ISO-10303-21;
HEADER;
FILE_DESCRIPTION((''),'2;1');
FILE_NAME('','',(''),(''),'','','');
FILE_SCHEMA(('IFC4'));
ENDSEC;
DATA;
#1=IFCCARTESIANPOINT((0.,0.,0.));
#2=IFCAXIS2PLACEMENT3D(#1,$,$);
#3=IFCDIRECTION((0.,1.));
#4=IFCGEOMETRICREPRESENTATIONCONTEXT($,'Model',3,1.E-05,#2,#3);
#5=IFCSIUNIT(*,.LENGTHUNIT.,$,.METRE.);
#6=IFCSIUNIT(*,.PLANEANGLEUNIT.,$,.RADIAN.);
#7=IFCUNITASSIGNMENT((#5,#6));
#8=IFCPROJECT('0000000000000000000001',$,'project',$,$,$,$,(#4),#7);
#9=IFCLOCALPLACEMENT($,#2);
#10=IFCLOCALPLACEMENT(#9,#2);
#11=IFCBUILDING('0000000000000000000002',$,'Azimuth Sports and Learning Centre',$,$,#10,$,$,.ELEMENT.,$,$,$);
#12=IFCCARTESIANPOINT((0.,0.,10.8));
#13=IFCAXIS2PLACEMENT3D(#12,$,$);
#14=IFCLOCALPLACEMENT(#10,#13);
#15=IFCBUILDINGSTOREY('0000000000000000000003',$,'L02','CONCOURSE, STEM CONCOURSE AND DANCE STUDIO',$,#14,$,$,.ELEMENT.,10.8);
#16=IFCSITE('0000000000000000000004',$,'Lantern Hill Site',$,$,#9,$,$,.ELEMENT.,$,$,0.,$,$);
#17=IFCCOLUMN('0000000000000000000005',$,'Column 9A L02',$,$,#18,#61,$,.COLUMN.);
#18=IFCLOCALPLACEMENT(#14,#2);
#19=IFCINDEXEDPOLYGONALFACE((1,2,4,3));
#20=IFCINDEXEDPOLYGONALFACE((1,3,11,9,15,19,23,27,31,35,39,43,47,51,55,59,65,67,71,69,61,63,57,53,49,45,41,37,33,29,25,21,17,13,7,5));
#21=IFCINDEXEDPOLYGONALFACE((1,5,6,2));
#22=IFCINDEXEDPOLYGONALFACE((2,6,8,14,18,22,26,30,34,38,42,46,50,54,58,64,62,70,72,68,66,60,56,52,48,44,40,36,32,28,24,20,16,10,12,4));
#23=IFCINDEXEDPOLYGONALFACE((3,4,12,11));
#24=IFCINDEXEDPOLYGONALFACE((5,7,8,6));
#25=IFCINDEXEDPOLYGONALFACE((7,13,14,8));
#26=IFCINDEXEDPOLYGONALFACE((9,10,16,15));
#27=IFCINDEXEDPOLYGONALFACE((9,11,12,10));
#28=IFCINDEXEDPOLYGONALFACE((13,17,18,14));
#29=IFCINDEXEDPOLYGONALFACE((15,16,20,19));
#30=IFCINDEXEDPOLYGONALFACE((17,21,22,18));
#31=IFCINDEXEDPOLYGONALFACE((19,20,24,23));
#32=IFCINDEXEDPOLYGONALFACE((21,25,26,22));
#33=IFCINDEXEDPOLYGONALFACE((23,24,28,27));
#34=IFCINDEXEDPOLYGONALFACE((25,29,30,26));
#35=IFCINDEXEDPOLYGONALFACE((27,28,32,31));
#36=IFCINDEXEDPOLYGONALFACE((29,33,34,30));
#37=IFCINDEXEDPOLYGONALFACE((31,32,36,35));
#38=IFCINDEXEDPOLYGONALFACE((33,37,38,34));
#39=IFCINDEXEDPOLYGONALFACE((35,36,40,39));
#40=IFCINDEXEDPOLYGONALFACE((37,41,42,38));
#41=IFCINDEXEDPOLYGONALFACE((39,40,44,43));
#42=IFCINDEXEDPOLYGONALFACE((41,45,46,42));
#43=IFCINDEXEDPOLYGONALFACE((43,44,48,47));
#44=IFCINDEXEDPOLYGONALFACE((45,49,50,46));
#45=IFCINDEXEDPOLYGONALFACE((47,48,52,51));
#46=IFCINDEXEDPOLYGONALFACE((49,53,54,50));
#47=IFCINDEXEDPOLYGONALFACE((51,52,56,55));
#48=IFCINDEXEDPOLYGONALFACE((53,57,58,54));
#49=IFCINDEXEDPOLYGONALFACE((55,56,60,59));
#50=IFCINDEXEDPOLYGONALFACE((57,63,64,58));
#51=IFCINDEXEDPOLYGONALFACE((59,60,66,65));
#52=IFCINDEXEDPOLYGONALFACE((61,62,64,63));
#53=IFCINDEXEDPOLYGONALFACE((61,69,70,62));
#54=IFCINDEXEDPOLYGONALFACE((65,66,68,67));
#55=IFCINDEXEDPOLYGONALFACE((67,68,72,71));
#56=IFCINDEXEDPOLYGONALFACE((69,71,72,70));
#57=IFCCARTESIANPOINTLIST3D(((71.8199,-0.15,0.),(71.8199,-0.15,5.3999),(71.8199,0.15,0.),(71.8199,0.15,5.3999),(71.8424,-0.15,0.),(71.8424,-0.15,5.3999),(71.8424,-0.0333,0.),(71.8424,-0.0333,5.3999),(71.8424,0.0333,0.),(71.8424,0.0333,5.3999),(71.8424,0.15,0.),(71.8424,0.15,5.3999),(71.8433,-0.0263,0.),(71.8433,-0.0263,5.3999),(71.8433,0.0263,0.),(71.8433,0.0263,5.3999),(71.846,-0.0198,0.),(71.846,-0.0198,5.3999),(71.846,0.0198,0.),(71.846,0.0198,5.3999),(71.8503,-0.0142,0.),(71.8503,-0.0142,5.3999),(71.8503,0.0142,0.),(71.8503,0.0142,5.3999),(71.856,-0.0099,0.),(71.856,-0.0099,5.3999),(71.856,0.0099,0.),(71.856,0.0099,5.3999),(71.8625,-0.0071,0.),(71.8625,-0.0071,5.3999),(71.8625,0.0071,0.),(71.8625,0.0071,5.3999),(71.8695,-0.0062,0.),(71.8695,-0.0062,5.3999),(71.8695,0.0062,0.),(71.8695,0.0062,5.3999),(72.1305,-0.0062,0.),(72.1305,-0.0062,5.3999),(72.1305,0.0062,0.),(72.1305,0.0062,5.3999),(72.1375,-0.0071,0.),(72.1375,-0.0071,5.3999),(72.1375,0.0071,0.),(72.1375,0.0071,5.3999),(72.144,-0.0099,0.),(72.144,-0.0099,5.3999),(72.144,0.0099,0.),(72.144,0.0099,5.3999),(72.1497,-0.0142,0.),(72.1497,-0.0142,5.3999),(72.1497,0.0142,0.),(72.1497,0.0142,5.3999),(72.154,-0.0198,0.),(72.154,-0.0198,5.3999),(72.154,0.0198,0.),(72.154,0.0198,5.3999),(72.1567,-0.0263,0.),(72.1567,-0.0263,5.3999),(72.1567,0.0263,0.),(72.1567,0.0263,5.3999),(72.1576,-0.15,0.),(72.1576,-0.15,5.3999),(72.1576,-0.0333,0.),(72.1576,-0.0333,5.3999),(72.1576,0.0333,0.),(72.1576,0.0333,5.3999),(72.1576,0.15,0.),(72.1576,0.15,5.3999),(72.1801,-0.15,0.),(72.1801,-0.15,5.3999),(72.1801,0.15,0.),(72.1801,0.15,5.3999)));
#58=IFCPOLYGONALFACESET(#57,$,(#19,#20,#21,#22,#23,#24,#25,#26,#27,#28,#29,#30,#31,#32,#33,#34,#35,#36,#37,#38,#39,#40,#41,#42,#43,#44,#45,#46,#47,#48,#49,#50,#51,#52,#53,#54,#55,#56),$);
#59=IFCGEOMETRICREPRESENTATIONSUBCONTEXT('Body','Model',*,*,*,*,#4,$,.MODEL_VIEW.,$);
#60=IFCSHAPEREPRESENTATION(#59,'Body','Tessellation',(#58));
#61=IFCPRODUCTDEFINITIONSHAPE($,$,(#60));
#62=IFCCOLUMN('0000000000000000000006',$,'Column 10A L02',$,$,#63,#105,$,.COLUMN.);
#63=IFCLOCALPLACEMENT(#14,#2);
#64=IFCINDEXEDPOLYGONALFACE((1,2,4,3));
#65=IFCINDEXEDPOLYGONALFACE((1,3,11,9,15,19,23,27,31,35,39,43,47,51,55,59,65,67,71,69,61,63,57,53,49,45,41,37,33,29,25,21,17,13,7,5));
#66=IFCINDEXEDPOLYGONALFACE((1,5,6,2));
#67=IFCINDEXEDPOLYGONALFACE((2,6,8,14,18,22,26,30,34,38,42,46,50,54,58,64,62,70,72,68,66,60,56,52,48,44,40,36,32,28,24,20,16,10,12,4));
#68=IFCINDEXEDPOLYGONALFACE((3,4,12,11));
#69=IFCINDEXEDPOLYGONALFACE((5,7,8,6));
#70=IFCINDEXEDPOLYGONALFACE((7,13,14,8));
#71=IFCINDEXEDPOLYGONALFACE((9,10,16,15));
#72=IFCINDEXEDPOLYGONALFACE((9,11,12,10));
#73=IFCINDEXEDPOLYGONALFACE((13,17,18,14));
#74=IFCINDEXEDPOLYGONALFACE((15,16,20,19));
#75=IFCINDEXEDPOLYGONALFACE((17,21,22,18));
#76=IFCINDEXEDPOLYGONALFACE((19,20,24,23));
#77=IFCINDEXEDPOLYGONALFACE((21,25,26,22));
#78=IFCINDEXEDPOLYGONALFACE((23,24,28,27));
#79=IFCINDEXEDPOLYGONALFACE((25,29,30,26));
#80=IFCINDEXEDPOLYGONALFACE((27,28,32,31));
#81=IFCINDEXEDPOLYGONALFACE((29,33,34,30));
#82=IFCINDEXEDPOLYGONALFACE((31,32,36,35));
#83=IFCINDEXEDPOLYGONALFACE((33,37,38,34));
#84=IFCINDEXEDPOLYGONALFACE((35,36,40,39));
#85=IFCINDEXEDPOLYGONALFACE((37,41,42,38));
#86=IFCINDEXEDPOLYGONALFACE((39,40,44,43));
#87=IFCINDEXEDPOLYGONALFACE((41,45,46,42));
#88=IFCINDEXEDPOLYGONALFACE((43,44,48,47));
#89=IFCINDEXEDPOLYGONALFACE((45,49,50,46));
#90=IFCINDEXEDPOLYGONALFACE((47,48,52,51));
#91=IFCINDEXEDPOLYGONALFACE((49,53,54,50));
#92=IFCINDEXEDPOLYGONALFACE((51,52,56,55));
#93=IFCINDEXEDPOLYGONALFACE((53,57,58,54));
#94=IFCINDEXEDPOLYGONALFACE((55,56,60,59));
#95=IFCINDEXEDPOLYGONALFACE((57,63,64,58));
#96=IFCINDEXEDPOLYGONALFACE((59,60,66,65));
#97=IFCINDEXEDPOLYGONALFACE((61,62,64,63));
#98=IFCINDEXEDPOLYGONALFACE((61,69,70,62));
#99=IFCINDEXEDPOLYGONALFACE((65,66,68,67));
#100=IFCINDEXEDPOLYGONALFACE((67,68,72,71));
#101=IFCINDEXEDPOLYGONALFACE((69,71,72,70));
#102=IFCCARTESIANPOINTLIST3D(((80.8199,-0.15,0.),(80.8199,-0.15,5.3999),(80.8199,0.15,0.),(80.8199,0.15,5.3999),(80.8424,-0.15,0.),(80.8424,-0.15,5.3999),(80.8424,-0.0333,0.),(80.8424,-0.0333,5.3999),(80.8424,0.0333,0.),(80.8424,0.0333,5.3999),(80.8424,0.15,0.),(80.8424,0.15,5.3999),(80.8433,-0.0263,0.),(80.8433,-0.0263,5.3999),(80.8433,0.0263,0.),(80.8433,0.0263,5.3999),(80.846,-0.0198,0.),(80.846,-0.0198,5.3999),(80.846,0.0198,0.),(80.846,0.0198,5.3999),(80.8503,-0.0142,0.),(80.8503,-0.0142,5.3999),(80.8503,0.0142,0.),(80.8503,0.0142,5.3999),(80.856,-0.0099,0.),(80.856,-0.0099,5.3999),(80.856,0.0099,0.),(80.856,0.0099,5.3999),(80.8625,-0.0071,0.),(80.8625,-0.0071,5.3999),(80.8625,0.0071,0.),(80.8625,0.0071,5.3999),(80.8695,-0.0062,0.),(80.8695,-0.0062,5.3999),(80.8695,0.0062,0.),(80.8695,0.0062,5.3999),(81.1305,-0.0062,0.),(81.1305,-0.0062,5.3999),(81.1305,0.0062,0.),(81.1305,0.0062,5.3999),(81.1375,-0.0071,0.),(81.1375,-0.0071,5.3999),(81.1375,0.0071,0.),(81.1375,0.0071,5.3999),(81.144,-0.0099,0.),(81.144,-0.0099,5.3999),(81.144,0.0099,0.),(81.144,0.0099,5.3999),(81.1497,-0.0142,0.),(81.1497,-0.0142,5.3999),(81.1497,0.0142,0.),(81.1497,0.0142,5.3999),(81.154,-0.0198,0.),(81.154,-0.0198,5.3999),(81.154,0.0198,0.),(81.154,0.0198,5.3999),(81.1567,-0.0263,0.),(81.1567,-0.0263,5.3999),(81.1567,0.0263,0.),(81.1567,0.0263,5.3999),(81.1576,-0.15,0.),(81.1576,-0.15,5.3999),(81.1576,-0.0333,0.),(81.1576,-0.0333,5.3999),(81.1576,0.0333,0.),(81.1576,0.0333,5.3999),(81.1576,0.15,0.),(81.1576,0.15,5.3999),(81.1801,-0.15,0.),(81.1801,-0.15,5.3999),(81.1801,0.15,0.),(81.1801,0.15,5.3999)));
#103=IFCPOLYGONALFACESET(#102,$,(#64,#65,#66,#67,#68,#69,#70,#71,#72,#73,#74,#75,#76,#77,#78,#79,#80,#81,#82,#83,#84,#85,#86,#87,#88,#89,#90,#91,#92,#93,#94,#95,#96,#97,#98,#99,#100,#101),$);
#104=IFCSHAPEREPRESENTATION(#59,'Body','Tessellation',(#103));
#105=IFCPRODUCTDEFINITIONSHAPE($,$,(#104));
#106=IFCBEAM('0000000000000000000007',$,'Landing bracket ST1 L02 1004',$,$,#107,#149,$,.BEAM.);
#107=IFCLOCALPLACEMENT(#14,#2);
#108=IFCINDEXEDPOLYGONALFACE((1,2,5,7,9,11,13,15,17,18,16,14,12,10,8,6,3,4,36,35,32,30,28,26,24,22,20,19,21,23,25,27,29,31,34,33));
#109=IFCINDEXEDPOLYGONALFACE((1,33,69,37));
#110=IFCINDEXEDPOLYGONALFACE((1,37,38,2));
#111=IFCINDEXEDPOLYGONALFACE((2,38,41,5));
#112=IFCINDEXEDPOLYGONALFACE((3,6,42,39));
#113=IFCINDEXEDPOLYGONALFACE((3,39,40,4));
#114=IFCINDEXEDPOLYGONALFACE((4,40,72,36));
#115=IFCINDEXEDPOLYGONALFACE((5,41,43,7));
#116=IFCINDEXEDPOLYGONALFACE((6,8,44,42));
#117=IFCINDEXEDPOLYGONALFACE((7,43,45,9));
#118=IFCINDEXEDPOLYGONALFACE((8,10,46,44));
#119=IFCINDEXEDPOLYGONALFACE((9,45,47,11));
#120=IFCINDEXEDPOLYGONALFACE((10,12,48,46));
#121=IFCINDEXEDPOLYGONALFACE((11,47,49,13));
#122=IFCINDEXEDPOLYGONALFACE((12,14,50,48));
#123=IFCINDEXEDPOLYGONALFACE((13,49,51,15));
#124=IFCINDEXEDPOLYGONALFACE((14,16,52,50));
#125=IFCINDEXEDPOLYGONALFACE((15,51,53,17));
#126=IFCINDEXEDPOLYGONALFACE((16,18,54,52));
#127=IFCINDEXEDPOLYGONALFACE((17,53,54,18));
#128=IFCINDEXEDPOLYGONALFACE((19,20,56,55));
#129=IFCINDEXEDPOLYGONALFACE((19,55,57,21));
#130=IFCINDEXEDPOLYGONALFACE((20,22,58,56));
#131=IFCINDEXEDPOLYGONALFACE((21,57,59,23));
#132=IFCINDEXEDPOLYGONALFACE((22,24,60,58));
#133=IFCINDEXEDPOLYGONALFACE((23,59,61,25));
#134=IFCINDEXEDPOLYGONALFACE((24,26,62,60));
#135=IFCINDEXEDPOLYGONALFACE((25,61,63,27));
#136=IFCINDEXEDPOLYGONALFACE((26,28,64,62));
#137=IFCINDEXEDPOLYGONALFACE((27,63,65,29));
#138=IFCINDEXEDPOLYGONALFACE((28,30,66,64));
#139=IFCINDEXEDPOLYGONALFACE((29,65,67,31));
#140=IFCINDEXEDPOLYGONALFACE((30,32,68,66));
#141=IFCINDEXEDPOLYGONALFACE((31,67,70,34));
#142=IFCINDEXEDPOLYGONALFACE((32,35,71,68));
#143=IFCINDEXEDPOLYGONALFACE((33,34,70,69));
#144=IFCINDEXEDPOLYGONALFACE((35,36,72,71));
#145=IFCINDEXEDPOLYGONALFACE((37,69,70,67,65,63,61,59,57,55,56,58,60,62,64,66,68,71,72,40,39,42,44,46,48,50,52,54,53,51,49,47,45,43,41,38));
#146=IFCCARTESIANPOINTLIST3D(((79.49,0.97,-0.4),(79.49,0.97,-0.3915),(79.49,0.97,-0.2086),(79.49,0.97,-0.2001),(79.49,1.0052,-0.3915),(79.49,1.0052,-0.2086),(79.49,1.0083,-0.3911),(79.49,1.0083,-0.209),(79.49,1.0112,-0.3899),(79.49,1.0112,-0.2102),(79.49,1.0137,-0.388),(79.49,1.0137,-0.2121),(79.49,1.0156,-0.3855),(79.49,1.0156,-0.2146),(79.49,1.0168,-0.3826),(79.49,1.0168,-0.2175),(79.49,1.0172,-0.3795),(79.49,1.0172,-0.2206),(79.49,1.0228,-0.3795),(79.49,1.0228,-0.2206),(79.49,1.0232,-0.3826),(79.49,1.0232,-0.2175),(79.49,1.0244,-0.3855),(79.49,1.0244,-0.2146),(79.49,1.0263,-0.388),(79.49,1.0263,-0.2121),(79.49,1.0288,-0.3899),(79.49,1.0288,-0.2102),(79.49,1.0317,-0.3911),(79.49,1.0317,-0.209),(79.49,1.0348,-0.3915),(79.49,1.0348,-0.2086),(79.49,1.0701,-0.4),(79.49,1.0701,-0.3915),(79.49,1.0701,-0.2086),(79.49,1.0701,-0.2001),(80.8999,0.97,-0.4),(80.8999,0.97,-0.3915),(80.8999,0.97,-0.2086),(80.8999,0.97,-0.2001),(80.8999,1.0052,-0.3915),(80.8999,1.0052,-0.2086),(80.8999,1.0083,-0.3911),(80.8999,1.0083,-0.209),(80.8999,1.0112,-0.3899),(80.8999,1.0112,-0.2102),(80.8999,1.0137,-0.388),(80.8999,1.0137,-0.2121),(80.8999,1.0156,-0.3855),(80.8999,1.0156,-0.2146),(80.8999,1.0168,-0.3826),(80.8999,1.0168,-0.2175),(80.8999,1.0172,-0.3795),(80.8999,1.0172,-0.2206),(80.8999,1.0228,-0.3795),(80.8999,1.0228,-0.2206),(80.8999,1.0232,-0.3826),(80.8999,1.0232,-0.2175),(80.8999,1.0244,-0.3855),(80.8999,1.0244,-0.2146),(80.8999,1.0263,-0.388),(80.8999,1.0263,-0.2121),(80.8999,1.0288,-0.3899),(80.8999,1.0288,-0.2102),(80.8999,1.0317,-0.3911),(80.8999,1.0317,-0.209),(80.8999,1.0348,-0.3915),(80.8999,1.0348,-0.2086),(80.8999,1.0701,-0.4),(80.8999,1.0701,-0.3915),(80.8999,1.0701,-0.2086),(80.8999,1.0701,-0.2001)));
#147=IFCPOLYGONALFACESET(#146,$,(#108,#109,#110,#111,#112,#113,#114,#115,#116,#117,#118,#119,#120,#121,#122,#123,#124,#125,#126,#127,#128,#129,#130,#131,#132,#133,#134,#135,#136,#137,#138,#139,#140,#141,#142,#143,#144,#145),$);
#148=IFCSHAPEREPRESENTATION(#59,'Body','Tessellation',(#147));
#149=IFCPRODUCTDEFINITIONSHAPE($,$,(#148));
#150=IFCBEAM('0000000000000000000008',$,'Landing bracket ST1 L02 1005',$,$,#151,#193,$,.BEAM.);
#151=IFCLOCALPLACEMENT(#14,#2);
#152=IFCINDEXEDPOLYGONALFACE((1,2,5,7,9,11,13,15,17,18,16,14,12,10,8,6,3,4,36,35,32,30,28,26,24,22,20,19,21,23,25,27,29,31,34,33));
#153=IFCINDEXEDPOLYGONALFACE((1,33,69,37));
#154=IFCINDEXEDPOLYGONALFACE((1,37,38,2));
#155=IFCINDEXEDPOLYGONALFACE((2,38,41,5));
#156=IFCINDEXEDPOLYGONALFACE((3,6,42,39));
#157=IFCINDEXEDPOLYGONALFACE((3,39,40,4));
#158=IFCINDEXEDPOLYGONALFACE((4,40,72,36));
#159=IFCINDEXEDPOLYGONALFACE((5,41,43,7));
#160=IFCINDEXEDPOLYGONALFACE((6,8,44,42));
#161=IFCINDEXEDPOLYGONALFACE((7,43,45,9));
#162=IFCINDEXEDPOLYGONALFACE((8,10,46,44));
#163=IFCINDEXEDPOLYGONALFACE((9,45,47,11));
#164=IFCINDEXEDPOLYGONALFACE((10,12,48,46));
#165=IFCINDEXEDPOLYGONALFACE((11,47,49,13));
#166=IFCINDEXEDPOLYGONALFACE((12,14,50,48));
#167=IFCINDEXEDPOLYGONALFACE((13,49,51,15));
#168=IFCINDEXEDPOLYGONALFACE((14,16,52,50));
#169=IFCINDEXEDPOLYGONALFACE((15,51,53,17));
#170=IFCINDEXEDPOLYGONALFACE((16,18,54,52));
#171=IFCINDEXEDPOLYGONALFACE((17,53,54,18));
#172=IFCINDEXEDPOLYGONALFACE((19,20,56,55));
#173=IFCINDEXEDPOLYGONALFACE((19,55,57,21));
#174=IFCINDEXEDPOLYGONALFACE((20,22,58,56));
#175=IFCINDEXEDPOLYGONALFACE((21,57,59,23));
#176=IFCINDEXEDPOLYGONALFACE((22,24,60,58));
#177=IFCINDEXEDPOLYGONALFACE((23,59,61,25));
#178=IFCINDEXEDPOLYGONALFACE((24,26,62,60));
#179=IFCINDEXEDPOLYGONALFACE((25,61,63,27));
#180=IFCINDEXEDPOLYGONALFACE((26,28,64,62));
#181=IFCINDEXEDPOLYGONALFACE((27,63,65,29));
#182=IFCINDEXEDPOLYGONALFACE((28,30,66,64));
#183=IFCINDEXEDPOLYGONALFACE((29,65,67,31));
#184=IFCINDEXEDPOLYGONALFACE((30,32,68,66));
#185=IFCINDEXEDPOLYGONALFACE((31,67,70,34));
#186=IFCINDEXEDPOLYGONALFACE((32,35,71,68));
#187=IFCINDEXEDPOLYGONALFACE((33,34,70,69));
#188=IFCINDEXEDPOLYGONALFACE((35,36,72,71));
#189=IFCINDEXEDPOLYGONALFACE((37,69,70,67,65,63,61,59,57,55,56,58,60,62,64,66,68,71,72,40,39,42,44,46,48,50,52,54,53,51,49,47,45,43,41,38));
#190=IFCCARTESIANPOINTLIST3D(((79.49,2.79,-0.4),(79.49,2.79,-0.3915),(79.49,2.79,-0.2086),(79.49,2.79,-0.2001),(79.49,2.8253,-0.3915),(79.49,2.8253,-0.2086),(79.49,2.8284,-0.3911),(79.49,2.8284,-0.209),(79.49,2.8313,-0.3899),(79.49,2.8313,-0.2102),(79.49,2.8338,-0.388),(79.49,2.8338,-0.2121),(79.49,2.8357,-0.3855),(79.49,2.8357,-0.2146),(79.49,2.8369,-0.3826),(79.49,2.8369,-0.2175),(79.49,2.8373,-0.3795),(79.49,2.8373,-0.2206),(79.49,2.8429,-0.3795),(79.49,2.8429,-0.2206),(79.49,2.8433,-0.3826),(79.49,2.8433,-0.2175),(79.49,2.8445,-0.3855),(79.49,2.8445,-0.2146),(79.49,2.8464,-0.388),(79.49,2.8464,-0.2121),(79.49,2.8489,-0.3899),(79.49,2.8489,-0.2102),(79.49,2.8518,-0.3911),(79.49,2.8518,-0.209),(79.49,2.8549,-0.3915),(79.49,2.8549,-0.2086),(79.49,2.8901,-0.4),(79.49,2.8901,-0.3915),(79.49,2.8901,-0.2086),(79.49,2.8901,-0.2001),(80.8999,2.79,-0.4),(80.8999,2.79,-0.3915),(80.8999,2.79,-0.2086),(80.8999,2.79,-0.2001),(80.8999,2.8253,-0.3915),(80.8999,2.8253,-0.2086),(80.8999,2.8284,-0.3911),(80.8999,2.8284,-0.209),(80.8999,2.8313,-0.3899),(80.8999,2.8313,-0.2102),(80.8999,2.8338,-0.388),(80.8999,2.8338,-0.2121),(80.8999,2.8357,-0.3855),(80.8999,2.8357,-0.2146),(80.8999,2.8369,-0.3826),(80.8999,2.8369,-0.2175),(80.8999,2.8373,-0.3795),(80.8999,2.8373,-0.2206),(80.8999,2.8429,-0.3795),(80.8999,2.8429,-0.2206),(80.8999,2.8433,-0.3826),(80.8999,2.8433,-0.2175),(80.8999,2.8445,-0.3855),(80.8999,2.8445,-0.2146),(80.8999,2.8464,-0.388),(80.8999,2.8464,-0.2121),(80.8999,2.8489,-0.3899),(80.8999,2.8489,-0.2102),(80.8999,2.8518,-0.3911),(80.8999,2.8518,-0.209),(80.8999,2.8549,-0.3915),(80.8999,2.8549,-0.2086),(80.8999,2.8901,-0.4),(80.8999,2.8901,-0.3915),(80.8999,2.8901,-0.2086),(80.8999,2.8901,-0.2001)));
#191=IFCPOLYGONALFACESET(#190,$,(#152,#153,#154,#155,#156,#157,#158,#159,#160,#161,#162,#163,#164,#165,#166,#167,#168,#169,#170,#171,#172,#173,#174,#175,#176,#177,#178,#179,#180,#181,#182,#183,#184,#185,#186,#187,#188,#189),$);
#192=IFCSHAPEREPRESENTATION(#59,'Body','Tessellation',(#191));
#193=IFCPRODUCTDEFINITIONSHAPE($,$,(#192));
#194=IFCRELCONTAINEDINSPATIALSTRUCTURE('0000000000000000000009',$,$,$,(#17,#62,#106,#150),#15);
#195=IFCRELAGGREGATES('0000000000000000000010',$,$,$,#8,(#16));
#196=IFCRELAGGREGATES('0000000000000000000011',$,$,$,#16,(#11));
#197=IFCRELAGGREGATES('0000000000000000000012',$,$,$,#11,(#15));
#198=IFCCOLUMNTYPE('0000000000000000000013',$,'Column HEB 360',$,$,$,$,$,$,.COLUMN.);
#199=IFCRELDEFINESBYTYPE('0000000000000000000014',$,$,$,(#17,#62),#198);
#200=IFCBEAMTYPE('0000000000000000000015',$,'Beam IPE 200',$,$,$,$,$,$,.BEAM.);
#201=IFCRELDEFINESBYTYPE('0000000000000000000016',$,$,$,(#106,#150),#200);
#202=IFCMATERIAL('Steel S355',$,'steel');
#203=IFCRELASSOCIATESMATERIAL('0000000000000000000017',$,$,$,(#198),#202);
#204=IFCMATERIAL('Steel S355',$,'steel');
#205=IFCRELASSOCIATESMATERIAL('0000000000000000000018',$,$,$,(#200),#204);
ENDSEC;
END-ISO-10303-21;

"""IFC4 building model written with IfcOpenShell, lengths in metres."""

from ifc_helpers import new_model, si_unit, direction, frame, origin, origin_2d, place, context, subcontext, project, spatial, i_section, extrude, material, material_profile, profile_set, type_object, element, save


model = new_model("IFC4")

# Units and contexts
model_context = context("Model", 3, precision=1e-05, world=origin(), true_north=direction((0.0, 1.0)))
body_context = subcontext(model_context, "Body", "Model", "MODEL_VIEW")
ifc_project = project(units=[si_unit("LENGTHUNIT", "METRE"), si_unit("PLANEANGLEUNIT", "RADIAN")], contexts=[model_context])

# Site, building, storey
site_placement = place(None, origin())
site = spatial("IfcSite", under=ifc_project, at=site_placement, Name="Lantern Hill Site", CompositionType="ELEMENT", RefElevation=0.0)
building_placement = place(site_placement, origin())
building = spatial("IfcBuilding", under=site, at=building_placement, Name="Azimuth Sports and Learning Centre", CompositionType="ELEMENT")
storey_placement = place(building_placement, frame((0.0, 0.0, 10.8)))
storey = spatial("IfcBuildingStorey", under=building, at=storey_placement, Name="L02", Description="CONCOURSE, STEM CONCOURSE AND DANCE STUDIO", CompositionType="ELEMENT", Elevation=10.8)

# Columns
ifc_material_1 = material(Name="Steel S355", Category="steel")
ifc_material_profile_1 = material_profile(ifc_material_1, i_section(OverallWidth=0.3, OverallDepth=0.3601, WebThickness=0.0125, FlangeThickness=0.0225, FilletRadius=0.0271, at=origin_2d()), Name="HEB 360")
ifc_profile_set_1 = profile_set([ifc_material_profile_1], Name="Steel S355")
column_type = type_object("IfcColumnType", Name="Column HEB 360", PredefinedType="COLUMN", material=ifc_profile_set_1)
for number, where, z_axis, x_axis, name in (
    (1, (72.0, 0.0, 0.0), (0.0, 0.0, 1.0), (0.0, 1.0, 0.0), "Column 9A L02"),
    (2, (81.0, 0.0, 0.0), (0.0, 0.0, 1.0), (0.0, 1.0, 0.0), "Column 10A L02"),
):
    element("IfcColumn", number, at=place(storey_placement, frame(where, z_axis=z_axis, x_axis=x_axis)), inside=storey, type_object=column_type, Name=name, PredefinedType="COLUMN", context=body_context, shape_type="SweptSolid", body=[
        extrude(i_section(OverallWidth=0.3, OverallDepth=0.3601, WebThickness=0.0125, FlangeThickness=0.0225, FilletRadius=0.0271, at=origin_2d()), origin(), (0.0, 0.0, 1.0), 5.3999),
    ])

# Beams
ifc_material_2 = material(Name="Steel S355", Category="steel")
ifc_material_profile_2 = material_profile(ifc_material_2, i_section(OverallWidth=0.1001, OverallDepth=0.2, WebThickness=0.0056, FlangeThickness=0.0085, FilletRadius=0.012, at=origin_2d()), Name="IPE 200")
ifc_profile_set_2 = profile_set([ifc_material_profile_2], Name="Steel S355")
beam_type = type_object("IfcBeamType", Name="Beam IPE 200", PredefinedType="BEAM", material=ifc_profile_set_2)
for number, where, z_axis, x_axis, name in (
    (3, (80.8999, 1.02, -0.3), (-1.0, 0.0, 0.0), (0.0, -1.0, 0.0), "Landing bracket ST1 L02 1004"),
    (4, (80.8999, 2.8401, -0.3), (-1.0, 0.0, 0.0), (0.0, -1.0, 0.0), "Landing bracket ST1 L02 1005"),
):
    element("IfcBeam", number, at=place(storey_placement, frame(where, z_axis=z_axis, x_axis=x_axis)), inside=storey, type_object=beam_type, Name=name, PredefinedType="BEAM", context=body_context, shape_type="SweptSolid", body=[
        extrude(i_section(OverallWidth=0.1001, OverallDepth=0.2, WebThickness=0.0056, FlangeThickness=0.0085, FilletRadius=0.012, at=origin_2d()), origin(), (0.0, 0.0, 1.0), 1.4099),
    ])

save(model, "model.ifc")
